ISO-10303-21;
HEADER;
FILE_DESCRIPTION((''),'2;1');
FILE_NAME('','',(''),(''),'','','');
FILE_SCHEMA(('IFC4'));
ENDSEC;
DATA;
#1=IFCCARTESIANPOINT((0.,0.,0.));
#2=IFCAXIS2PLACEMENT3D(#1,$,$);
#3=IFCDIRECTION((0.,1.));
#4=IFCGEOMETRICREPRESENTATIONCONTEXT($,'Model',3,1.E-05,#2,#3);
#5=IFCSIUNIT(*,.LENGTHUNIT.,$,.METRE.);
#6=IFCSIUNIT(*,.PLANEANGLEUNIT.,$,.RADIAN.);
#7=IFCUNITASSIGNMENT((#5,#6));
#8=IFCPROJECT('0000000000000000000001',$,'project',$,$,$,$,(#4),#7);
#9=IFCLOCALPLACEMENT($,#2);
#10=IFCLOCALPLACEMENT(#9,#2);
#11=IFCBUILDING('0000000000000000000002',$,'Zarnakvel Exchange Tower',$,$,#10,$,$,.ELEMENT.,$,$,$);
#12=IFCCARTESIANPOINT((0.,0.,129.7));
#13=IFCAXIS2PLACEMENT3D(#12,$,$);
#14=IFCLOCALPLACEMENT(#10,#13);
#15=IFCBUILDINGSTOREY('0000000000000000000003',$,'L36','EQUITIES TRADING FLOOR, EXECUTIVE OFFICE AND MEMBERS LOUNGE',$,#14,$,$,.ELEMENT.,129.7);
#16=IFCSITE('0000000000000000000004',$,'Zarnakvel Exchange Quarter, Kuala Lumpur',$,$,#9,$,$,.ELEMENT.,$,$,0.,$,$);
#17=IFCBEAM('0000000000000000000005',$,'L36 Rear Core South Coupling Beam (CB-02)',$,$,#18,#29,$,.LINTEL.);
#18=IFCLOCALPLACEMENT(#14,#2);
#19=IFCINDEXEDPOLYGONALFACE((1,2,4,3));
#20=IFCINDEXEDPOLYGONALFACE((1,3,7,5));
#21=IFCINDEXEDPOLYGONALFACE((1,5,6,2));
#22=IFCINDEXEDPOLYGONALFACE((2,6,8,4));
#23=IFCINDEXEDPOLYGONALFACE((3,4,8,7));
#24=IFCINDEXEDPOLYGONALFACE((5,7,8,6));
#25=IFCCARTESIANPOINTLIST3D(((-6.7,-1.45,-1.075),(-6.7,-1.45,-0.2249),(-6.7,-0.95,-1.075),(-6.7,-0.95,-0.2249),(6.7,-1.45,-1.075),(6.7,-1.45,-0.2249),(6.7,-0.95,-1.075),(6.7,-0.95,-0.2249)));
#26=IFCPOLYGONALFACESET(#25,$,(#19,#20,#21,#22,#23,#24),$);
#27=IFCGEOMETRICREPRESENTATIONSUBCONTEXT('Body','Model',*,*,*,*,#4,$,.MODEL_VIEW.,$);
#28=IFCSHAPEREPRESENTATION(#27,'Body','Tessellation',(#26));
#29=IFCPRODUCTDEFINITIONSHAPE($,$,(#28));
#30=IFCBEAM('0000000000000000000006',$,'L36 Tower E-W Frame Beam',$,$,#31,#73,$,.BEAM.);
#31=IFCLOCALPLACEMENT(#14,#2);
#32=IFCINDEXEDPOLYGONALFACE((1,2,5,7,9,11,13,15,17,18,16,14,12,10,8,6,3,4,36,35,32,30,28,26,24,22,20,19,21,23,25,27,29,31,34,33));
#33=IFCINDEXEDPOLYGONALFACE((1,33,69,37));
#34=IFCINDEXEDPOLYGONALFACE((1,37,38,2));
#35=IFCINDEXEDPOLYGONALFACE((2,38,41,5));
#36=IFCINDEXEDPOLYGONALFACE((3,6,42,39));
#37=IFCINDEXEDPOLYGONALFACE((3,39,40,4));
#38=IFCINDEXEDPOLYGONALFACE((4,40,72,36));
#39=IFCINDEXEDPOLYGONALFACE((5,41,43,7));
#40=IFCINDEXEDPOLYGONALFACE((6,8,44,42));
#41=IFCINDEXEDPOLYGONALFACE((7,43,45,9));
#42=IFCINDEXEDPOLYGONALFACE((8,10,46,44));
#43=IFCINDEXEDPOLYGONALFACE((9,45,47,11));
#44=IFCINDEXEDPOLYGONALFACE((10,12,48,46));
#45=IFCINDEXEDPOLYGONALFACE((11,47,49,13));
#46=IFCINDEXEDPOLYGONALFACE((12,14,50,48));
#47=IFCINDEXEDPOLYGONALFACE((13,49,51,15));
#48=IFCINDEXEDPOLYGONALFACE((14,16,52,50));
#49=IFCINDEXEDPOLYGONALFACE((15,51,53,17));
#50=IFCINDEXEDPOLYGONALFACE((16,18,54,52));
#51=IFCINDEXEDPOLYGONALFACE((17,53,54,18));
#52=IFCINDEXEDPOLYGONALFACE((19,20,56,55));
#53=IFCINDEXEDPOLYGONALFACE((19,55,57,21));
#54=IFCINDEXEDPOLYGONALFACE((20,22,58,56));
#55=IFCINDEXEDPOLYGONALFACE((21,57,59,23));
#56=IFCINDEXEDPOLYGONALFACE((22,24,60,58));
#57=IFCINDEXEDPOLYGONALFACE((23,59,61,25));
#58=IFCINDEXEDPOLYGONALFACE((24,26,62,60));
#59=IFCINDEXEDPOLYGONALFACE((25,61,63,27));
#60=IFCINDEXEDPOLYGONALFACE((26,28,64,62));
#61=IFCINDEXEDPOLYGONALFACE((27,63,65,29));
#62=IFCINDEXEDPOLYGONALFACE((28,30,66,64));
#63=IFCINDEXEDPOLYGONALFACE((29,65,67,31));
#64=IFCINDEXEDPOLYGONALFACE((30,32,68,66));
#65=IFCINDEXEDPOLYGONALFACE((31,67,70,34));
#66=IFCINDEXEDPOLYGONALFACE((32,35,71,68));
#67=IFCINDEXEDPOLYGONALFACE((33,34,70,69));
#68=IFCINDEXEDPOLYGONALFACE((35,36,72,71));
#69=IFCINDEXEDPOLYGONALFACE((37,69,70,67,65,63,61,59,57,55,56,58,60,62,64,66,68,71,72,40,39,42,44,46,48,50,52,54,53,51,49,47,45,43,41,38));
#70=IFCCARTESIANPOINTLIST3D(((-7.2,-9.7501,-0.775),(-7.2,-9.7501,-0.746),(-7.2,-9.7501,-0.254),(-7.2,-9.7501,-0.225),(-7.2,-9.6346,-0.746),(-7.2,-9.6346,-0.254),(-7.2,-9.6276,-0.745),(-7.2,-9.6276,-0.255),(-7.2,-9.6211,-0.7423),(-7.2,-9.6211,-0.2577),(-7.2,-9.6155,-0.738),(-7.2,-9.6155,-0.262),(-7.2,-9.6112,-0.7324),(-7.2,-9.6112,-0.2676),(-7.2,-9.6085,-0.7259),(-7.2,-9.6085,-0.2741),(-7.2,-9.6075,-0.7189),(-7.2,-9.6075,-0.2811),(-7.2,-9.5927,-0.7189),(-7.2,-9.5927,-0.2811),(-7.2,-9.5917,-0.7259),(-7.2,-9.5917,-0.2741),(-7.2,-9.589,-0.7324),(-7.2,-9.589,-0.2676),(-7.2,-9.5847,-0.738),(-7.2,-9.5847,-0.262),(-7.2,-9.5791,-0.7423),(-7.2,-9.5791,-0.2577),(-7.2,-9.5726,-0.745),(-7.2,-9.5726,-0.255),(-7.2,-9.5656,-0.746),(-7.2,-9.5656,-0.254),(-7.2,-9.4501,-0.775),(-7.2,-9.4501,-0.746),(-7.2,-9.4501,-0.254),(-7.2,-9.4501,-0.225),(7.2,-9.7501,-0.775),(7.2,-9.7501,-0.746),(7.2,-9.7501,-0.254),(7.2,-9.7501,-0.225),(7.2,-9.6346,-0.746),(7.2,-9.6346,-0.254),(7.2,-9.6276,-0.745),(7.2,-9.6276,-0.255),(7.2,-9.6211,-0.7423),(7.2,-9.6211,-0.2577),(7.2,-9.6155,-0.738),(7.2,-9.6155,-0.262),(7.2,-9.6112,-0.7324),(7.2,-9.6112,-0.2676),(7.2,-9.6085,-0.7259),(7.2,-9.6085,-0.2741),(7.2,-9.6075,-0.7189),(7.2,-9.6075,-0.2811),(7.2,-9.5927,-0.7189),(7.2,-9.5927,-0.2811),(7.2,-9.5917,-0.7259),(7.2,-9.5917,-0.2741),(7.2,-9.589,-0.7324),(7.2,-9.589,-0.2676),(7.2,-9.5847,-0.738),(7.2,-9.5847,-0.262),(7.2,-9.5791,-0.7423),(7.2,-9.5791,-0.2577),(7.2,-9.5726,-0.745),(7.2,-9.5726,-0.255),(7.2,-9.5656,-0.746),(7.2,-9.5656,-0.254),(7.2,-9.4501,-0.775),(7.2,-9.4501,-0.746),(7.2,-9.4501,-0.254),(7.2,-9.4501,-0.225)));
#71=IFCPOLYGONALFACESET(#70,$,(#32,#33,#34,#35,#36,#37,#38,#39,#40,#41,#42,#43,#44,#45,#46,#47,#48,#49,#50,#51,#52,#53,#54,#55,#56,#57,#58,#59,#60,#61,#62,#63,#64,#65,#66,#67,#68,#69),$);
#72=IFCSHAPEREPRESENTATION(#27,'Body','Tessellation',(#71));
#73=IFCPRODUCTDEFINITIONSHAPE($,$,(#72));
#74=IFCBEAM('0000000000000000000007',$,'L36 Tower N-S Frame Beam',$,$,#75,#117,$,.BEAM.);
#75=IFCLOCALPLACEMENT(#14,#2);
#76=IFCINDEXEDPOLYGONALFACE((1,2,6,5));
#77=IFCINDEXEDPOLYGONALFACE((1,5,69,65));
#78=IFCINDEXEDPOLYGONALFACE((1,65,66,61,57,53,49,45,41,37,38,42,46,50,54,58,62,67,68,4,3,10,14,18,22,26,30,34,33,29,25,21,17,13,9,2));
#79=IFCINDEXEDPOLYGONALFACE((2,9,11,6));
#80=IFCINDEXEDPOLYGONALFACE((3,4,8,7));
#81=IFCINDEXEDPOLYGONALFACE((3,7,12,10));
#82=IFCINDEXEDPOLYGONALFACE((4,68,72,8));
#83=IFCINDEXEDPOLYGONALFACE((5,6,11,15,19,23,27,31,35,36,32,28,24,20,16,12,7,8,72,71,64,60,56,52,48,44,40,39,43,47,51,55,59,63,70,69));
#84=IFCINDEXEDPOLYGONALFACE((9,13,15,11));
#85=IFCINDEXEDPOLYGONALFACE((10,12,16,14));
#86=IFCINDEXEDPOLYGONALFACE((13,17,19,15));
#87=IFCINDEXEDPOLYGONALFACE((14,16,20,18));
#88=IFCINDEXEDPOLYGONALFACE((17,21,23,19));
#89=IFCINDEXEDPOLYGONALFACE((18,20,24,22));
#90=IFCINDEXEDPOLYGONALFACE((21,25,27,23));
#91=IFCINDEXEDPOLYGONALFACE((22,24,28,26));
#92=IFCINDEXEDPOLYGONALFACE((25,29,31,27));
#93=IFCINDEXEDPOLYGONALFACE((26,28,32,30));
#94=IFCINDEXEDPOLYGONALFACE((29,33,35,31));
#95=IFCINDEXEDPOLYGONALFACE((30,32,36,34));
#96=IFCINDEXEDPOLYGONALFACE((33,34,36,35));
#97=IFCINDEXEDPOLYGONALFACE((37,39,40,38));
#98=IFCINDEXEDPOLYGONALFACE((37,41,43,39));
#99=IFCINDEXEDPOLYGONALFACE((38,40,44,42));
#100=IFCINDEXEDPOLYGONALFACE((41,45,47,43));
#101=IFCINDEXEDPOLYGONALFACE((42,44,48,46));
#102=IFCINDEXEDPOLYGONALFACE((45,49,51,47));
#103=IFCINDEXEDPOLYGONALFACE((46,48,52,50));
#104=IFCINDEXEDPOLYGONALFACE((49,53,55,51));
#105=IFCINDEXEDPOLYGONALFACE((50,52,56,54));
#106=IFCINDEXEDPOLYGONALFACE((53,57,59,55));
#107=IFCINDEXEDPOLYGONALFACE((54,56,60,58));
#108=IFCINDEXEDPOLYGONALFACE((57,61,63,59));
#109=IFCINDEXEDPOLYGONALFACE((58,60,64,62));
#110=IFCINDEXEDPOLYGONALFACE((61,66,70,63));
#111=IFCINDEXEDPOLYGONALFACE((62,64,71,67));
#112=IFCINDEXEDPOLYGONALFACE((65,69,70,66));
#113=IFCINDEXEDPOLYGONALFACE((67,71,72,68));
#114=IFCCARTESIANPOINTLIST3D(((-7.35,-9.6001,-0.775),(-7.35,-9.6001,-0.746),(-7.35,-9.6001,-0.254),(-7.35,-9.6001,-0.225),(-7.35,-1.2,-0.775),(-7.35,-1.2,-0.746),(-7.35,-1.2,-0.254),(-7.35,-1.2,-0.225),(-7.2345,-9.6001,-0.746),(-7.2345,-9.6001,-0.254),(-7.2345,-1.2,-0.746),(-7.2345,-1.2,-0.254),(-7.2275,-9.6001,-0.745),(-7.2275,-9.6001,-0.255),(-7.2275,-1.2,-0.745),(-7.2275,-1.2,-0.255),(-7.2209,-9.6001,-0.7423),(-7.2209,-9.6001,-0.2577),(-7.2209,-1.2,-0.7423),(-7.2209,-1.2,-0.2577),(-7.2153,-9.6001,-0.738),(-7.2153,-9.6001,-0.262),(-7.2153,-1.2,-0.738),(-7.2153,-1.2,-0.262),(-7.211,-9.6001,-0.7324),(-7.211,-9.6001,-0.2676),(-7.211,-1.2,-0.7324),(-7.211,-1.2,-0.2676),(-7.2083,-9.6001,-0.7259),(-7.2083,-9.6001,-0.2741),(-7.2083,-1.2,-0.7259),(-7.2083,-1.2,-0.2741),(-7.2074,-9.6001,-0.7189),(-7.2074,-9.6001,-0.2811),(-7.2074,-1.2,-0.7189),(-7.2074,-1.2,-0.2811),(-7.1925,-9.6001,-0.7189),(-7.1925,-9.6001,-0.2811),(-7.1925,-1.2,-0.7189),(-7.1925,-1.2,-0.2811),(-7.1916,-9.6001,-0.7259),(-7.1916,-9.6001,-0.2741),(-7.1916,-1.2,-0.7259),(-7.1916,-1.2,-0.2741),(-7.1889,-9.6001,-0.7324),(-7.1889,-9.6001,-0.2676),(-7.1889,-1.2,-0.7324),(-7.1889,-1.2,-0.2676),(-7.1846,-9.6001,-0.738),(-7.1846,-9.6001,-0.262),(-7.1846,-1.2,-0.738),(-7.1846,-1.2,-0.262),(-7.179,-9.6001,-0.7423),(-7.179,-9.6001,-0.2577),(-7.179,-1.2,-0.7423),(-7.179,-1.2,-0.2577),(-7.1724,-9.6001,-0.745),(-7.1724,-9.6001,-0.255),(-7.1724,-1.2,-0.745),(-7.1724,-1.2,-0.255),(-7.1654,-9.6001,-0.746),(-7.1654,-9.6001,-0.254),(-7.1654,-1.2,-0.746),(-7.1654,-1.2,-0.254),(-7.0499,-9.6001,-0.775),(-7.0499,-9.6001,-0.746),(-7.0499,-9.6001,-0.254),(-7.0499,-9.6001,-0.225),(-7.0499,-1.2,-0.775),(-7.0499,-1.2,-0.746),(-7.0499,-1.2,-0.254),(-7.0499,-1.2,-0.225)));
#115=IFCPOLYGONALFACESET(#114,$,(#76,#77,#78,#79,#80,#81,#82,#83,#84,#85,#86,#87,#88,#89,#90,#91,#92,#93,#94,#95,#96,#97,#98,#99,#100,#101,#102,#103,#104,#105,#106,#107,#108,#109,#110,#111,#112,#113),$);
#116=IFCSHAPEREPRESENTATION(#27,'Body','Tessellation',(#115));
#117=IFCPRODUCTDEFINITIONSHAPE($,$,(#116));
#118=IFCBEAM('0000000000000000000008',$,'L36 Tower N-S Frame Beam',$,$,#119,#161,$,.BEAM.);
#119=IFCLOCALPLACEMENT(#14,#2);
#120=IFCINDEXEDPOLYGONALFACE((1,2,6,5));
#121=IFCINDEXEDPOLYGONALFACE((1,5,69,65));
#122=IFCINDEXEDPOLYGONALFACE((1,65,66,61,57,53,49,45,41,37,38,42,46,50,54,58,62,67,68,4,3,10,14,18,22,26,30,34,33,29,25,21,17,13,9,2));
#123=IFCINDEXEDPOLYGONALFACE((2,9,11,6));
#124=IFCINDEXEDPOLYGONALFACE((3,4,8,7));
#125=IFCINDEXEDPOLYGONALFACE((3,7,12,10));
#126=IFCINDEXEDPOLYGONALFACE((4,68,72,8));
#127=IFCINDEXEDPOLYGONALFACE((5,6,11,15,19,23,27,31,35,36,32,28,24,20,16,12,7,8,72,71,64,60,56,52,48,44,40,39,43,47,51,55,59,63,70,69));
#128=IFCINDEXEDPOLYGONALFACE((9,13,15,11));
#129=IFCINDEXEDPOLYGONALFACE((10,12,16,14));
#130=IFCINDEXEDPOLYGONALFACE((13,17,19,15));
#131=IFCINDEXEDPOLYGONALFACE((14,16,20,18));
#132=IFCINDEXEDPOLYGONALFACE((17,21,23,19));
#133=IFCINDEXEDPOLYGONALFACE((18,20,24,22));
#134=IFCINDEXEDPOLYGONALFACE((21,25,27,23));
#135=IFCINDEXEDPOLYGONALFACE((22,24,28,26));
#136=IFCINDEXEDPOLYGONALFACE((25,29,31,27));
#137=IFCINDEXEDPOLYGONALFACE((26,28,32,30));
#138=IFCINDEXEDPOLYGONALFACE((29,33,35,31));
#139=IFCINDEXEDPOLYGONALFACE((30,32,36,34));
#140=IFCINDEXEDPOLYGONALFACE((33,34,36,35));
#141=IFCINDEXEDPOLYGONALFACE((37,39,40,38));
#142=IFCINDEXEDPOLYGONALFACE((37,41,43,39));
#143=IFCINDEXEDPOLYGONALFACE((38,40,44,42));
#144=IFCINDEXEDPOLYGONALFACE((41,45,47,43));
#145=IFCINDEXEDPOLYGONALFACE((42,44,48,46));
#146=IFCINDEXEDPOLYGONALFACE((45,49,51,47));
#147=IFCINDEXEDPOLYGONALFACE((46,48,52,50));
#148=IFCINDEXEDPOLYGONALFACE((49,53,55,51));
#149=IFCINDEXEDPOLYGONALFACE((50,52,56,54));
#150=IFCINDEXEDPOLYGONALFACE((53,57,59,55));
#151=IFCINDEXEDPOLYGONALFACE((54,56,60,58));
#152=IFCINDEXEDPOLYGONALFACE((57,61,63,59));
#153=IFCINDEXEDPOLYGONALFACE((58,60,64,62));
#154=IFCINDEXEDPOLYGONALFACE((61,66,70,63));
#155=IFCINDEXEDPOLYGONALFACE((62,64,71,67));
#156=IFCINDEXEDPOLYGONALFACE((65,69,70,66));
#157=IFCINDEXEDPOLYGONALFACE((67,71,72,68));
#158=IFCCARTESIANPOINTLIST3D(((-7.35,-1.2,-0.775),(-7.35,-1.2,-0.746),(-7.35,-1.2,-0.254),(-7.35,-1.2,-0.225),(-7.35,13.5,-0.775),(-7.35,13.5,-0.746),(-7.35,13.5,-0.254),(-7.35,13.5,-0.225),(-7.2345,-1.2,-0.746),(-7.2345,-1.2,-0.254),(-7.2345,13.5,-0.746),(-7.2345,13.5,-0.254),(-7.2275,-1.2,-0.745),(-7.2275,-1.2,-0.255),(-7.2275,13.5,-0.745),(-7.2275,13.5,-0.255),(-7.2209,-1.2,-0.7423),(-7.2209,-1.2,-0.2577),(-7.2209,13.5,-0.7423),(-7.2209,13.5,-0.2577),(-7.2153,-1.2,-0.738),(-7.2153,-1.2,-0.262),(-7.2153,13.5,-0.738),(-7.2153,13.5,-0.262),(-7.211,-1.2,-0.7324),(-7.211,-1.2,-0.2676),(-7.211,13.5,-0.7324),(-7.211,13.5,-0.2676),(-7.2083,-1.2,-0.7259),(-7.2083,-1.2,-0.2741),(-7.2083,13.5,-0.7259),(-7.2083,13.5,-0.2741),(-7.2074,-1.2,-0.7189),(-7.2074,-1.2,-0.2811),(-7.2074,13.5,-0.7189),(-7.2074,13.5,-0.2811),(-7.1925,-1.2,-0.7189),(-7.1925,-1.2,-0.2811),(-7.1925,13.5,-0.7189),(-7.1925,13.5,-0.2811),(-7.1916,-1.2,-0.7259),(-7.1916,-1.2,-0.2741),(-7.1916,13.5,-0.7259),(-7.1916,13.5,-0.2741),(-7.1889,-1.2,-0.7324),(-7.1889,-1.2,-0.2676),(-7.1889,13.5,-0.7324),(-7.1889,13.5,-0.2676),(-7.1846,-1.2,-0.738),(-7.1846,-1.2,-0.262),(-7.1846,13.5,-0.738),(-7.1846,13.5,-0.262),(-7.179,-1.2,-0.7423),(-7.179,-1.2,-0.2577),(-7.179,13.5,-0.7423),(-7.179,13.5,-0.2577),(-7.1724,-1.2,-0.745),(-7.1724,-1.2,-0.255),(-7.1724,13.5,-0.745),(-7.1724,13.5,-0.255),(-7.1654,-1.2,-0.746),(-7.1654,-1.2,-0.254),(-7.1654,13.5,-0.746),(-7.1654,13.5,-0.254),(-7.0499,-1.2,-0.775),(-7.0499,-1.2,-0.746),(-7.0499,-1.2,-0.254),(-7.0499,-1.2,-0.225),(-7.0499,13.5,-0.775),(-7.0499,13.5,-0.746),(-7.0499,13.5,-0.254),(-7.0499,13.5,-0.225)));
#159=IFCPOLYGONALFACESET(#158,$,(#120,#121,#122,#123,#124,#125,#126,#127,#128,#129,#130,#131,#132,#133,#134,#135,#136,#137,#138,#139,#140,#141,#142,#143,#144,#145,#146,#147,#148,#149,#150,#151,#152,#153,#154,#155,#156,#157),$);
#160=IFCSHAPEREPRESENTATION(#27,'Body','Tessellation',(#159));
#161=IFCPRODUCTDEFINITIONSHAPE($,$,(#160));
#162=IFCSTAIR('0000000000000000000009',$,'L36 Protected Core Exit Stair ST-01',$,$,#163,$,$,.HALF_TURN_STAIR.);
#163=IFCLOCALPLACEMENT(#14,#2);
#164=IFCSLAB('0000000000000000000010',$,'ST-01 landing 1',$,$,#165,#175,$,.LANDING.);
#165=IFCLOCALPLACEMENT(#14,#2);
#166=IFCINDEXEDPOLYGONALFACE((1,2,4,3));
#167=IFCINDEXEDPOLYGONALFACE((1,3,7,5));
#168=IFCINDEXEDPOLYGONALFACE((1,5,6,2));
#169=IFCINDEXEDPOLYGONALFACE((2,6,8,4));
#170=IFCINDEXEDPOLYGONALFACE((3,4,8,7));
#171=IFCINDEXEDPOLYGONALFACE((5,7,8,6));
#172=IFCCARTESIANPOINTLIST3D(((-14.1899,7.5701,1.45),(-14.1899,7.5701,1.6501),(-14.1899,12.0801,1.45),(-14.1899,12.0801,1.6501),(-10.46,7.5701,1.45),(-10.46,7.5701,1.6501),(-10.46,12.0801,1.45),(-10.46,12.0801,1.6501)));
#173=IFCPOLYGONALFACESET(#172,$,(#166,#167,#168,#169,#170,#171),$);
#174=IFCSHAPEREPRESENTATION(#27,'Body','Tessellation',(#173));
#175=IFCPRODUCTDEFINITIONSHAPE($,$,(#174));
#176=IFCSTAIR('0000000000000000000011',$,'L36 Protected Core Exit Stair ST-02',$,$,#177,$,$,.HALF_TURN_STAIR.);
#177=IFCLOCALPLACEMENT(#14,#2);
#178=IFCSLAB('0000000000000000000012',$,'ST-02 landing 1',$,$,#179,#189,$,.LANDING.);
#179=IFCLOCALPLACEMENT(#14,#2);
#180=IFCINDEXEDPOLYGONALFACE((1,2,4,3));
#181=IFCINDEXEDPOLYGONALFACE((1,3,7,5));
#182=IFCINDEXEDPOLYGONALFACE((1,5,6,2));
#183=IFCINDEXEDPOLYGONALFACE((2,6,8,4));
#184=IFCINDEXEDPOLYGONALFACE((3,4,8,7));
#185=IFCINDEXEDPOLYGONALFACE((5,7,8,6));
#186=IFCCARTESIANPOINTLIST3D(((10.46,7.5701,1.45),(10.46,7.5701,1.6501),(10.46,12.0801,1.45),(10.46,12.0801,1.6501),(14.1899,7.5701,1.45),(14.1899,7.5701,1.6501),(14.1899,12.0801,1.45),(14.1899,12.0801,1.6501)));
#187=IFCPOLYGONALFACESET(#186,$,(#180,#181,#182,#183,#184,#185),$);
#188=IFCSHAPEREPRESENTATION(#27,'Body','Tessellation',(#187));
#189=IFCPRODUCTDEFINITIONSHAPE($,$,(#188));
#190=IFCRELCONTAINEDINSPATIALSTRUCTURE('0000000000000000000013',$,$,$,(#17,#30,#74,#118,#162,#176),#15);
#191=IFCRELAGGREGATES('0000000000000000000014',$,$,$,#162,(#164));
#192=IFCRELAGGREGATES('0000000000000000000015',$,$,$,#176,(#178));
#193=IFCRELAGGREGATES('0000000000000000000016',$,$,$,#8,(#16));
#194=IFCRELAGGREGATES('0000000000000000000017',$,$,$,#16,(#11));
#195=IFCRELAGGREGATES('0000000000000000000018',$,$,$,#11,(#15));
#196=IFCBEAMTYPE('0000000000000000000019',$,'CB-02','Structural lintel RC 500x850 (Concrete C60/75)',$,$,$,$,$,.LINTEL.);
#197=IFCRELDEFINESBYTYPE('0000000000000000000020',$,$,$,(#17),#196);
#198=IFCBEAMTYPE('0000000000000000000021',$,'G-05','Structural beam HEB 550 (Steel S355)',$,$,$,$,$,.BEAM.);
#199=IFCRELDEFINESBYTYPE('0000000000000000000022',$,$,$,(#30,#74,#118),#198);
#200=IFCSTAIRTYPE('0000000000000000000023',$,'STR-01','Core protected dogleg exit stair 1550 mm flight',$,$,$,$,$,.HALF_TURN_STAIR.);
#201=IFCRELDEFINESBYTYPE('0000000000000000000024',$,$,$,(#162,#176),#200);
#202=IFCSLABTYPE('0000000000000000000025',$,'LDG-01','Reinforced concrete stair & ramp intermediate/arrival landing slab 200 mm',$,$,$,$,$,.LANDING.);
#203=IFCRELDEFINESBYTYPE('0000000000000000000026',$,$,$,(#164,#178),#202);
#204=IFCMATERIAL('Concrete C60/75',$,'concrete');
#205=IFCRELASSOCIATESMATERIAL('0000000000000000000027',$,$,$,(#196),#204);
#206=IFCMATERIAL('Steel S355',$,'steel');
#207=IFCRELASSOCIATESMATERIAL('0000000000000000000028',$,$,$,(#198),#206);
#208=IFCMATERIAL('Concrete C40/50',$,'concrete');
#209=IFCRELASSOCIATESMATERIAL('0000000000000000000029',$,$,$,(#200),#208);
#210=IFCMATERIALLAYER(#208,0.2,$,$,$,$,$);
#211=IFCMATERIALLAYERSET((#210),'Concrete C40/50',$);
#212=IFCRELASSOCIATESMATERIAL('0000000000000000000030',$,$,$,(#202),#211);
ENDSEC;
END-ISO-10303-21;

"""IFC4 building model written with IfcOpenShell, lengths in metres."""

from ifc_helpers import new_model, si_unit, direction, frame, origin, origin_2d, place, context, subcontext, project, spatial, polyline, rectangle, i_section, outline, extrude, material, layer, layer_set, material_profile, profile_set, type_object, element, aggregate, save


model = new_model("IFC4")

# Units and contexts
model_context = context("Model", 3, precision=1e-05, world=origin(), true_north=direction((0.0, 1.0)))
body_context = subcontext(model_context, "Body", "Model", "MODEL_VIEW")
ifc_project = project(units=[si_unit("LENGTHUNIT", "METRE"), si_unit("PLANEANGLEUNIT", "RADIAN")], contexts=[model_context])

# Site, building, storey
site_placement = place(None, origin())
site = spatial("IfcSite", under=ifc_project, at=site_placement, Name="Zarnakvel Exchange Quarter, Kuala Lumpur", CompositionType="ELEMENT", RefElevation=0.0)
building_placement = place(site_placement, origin())
building = spatial("IfcBuilding", under=site, at=building_placement, Name="Zarnakvel Exchange Tower", CompositionType="ELEMENT")
storey_placement = place(building_placement, frame((0.0, 0.0, 129.7)))
storey = spatial("IfcBuildingStorey", under=building, at=storey_placement, Name="L36", Description="EQUITIES TRADING FLOOR, EXECUTIVE OFFICE AND MEMBERS LOUNGE", CompositionType="ELEMENT", Elevation=129.7)

# Shared definitions
ifc_material_1 = material(Name="Concrete C60/75", Category="concrete")

# Beams
ifc_material_2 = material(Name="Steel S355", Category="steel")
ifc_material_profile_1 = material_profile(ifc_material_1, rectangle(XDim=0.5, YDim=0.8501, at=origin_2d()))
ifc_profile_set_1 = profile_set([ifc_material_profile_1], Name="Concrete C60/75")
beam_type_1 = type_object("IfcBeamType", Name="CB-02", Description="Structural lintel RC 500x850 (Concrete C60/75)", PredefinedType="LINTEL", material=ifc_profile_set_1)
beam_1_placement = place(storey_placement, frame((-6.7, -1.2, -0.6499), z_axis=(1.0, 0.0, 0.0), x_axis=(0.0, 1.0, 0.0)))
element("IfcBeam", 1, at=beam_1_placement, inside=storey, type_object=beam_type_1, Name="L36 Rear Core South Coupling Beam (CB-02)", PredefinedType="LINTEL", context=body_context, shape_type="SweptSolid", body=[
    extrude(rectangle(XDim=0.5, YDim=0.8501, at=origin_2d()), origin(), (0.0, 0.0, 1.0), 13.3999),
])
ifc_material_profile_2 = material_profile(ifc_material_2, i_section(OverallWidth=0.3, OverallDepth=0.55, WebThickness=0.0149, FlangeThickness=0.0291, FilletRadius=0.0271, at=origin_2d()))
ifc_profile_set_2 = profile_set([ifc_material_profile_2], Name="Steel S355")
beam_type_2 = type_object("IfcBeamType", Name="G-05", Description="Structural beam HEB 550 (Steel S355)", PredefinedType="BEAM", material=ifc_profile_set_2)
beam_2_placement = place(storey_placement, frame((-7.2, -9.6001, -0.5), z_axis=(1.0, 0.0, 0.0), x_axis=(0.0, 1.0, 0.0)))
element("IfcBeam", 2, at=beam_2_placement, inside=storey, type_object=beam_type_2, Name="L36 Tower E-W Frame Beam", PredefinedType="BEAM", context=body_context, shape_type="SweptSolid", body=[
    extrude(i_section(OverallWidth=0.3, OverallDepth=0.55, WebThickness=0.0149, FlangeThickness=0.0291, FilletRadius=0.0271, at=origin_2d()), origin(), (0.0, 0.0, 1.0), 14.3999),
])
beam_3_placement = place(storey_placement, frame((-7.2, -9.6001, -0.5), z_axis=(0.0, 1.0, 0.0), x_axis=(-1.0, 0.0, 0.0)))
element("IfcBeam", 3, at=beam_3_placement, inside=storey, type_object=beam_type_2, Name="L36 Tower N-S Frame Beam", PredefinedType="BEAM", context=body_context, shape_type="SweptSolid", body=[
    extrude(i_section(OverallWidth=0.3, OverallDepth=0.55, WebThickness=0.0149, FlangeThickness=0.0291, FilletRadius=0.0271, at=origin_2d()), origin(), (0.0, 0.0, 1.0), 8.4001),
])
beam_4_placement = place(storey_placement, frame((-7.2, -1.2, -0.5), z_axis=(0.0, 1.0, 0.0), x_axis=(-1.0, 0.0, 0.0)))
element("IfcBeam", 4, at=beam_4_placement, inside=storey, type_object=beam_type_2, Name="L36 Tower N-S Frame Beam", PredefinedType="BEAM", context=body_context, shape_type="SweptSolid", body=[
    extrude(i_section(OverallWidth=0.3, OverallDepth=0.55, WebThickness=0.0149, FlangeThickness=0.0291, FilletRadius=0.0271, at=origin_2d()), origin(), (0.0, 0.0, 1.0), 14.7),
])

# Stairs, slabs
ifc_material_3 = material(Name="Concrete C40/50", Category="concrete")
stair_type = type_object("IfcStairType", Name="STR-01", Description="Core protected dogleg exit stair 1550 mm flight", PredefinedType="HALF_TURN_STAIR", material=ifc_material_3)
stair_1_placement = place(storey_placement, origin())
stair_1 = element("IfcStair", 5, at=stair_1_placement, inside=storey, type_object=stair_type, Name="L36 Protected Core Exit Stair ST-01", PredefinedType="HALF_TURN_STAIR")
ifc_layer_1 = layer(ifc_material_3, 0.2)
ifc_layer_set_1 = layer_set([ifc_layer_1], Name="Concrete C40/50")
slab_type_1 = type_object("IfcSlabType", Name="LDG-01", Description="Reinforced concrete stair & ramp intermediate/arrival landing slab 200 mm", PredefinedType="LANDING", material=ifc_layer_set_1)
slab_1_placement = place(storey_placement, frame((0.0, 0.0, 1.45)))
slab_1 = element("IfcSlab", 6, at=slab_1_placement, type_object=slab_type_1, Name="ST-01 landing 1", PredefinedType="LANDING", context=body_context, shape_type="SweptSolid", body=[
    extrude(outline(polyline([(-14.1899, 7.5701), (-10.46, 7.5701), (-10.46, 12.0801), (-14.1899, 12.0801), (-14.1899, 7.5701)])), origin(), (0.0, 0.0, 1.0), 0.2002),
])
aggregate(stair_1, [slab_1])
stair_2_placement = place(storey_placement, origin())
stair_2 = element("IfcStair", 7, at=stair_2_placement, inside=storey, type_object=stair_type, Name="L36 Protected Core Exit Stair ST-02", PredefinedType="HALF_TURN_STAIR")
slab_2_placement = place(storey_placement, frame((0.0, 0.0, 1.45)))
slab_2 = element("IfcSlab", 8, at=slab_2_placement, type_object=slab_type_1, Name="ST-02 landing 1", PredefinedType="LANDING", context=body_context, shape_type="SweptSolid", body=[
    extrude(outline(polyline([(10.46, 7.5701), (14.1899, 7.5701), (14.1899, 12.0801), (10.46, 12.0801), (10.46, 7.5701)])), origin(), (0.0, 0.0, 1.0), 0.2002),
])
aggregate(stair_2, [slab_2])

save(model, "model.ifc")
